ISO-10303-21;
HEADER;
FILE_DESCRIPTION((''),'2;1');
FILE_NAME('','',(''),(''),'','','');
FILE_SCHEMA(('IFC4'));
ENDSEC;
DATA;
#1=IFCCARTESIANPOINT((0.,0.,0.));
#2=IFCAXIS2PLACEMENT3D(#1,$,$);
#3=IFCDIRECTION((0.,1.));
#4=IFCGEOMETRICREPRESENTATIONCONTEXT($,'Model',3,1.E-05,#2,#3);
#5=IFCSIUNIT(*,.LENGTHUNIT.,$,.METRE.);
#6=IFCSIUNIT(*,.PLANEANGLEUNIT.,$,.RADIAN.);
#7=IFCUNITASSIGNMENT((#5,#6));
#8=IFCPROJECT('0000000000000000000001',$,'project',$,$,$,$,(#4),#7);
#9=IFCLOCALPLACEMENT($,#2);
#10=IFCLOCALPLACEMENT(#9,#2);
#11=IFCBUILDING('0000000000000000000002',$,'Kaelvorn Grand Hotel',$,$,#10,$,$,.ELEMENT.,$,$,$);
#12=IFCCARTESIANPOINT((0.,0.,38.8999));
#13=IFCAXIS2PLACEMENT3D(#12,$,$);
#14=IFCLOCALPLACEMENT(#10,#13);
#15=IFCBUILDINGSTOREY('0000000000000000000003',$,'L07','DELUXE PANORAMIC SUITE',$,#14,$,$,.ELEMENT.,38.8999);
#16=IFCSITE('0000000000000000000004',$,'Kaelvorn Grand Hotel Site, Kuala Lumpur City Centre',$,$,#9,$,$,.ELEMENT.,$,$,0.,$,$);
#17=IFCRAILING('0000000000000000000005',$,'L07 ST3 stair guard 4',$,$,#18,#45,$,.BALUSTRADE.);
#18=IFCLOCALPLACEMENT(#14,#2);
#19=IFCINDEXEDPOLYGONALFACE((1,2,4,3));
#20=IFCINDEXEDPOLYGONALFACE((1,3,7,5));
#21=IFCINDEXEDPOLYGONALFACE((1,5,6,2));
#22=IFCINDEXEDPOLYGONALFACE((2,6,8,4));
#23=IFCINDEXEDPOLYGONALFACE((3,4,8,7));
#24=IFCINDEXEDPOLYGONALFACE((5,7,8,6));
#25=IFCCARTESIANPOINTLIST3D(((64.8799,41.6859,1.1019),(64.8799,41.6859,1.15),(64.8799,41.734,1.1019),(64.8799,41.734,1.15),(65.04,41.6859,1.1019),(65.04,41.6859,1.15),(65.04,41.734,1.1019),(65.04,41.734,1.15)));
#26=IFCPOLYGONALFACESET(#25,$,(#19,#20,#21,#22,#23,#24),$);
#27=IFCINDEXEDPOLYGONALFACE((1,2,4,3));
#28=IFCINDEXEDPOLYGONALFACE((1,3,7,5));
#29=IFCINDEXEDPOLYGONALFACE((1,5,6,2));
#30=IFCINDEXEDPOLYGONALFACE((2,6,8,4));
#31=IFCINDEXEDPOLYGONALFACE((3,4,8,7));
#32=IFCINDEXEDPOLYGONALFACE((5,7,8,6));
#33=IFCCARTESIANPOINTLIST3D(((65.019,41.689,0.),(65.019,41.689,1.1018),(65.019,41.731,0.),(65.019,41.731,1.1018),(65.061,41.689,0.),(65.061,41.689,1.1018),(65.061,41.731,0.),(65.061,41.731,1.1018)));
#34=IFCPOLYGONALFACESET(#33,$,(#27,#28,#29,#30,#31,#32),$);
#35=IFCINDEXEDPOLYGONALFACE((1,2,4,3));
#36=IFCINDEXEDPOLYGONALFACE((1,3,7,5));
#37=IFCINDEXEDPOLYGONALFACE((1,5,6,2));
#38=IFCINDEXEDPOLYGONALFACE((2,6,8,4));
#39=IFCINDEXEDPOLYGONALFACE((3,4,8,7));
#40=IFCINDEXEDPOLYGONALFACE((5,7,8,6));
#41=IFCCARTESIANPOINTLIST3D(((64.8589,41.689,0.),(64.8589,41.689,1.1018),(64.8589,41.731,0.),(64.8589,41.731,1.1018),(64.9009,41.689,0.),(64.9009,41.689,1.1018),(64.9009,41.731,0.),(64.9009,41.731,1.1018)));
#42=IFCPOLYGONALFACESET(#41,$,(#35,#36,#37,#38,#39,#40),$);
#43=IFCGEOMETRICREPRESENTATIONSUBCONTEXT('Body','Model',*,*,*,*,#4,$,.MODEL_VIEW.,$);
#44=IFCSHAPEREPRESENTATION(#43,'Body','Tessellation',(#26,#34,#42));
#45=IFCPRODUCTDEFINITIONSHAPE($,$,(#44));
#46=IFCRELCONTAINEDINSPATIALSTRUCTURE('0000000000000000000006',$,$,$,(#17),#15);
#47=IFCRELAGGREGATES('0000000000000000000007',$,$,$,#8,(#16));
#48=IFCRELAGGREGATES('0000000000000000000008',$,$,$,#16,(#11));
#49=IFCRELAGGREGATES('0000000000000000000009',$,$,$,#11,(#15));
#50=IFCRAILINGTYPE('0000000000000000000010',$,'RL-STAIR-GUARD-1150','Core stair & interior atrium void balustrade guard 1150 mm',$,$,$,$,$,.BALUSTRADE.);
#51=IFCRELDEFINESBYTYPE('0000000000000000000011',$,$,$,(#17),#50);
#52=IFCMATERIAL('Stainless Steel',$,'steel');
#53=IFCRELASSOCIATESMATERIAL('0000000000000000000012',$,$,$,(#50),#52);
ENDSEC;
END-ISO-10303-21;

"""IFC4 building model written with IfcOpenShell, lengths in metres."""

from ifc_helpers import new_model, si_unit, direction, frame, origin, origin_2d, place, context, subcontext, project, spatial, rectangle, extrude, material, type_object, element, save


model = new_model("IFC4")

# Units and contexts
model_context = context("Model", 3, precision=1e-05, world=origin(), true_north=direction((0.0, 1.0)))
body_context = subcontext(model_context, "Body", "Model", "MODEL_VIEW")
ifc_project = project(units=[si_unit("LENGTHUNIT", "METRE"), si_unit("PLANEANGLEUNIT", "RADIAN")], contexts=[model_context])

# Site, building, storey
site_placement = place(None, origin())
site = spatial("IfcSite", under=ifc_project, at=site_placement, Name="Kaelvorn Grand Hotel Site, Kuala Lumpur City Centre", CompositionType="ELEMENT", RefElevation=0.0)
building_placement = place(site_placement, origin())
building = spatial("IfcBuilding", under=site, at=building_placement, Name="Kaelvorn Grand Hotel", CompositionType="ELEMENT")
storey_placement = place(building_placement, frame((0.0, 0.0, 38.8999)))
storey = spatial("IfcBuildingStorey", under=building, at=storey_placement, Name="L07", Description="DELUXE PANORAMIC SUITE", CompositionType="ELEMENT", Elevation=38.8999)

# Shared definitions
ifc_material_1 = material(Name="Stainless Steel", Category="steel")

# Railing
railing_type_1 = type_object("IfcRailingType", Name="RL-STAIR-GUARD-1150", Description="Core stair & interior atrium void balustrade guard 1150 mm", PredefinedType="BALUSTRADE", material=ifc_material_1)
railing_1_placement = place(storey_placement, frame((65.04, 41.71, 0.0)))
element("IfcRailing", 1, at=railing_1_placement, inside=storey, type_object=railing_type_1, Name="L07 ST3 stair guard 4", PredefinedType="BALUSTRADE", context=body_context, shape_type="SweptSolid", body=[
    extrude(rectangle(XDim=0.0481, YDim=0.0481, at=origin_2d()), frame((0.0, 0.0, 1.126), z_axis=(-1.0, 0.0, 0.0), x_axis=(0.0, -1.0, 0.0)), (0.0, 0.0, 1.0), 0.1602),
    extrude(rectangle(XDim=0.042, YDim=0.042, at=origin_2d()), origin(), (0.0, 0.0, 1.0), 1.1018),
    extrude(rectangle(XDim=0.042, YDim=0.042, at=origin_2d()), frame((-0.1602, 0.0, 0.0)), (0.0, 0.0, 1.0), 1.1018),
])

save(model, "model.ifc")
